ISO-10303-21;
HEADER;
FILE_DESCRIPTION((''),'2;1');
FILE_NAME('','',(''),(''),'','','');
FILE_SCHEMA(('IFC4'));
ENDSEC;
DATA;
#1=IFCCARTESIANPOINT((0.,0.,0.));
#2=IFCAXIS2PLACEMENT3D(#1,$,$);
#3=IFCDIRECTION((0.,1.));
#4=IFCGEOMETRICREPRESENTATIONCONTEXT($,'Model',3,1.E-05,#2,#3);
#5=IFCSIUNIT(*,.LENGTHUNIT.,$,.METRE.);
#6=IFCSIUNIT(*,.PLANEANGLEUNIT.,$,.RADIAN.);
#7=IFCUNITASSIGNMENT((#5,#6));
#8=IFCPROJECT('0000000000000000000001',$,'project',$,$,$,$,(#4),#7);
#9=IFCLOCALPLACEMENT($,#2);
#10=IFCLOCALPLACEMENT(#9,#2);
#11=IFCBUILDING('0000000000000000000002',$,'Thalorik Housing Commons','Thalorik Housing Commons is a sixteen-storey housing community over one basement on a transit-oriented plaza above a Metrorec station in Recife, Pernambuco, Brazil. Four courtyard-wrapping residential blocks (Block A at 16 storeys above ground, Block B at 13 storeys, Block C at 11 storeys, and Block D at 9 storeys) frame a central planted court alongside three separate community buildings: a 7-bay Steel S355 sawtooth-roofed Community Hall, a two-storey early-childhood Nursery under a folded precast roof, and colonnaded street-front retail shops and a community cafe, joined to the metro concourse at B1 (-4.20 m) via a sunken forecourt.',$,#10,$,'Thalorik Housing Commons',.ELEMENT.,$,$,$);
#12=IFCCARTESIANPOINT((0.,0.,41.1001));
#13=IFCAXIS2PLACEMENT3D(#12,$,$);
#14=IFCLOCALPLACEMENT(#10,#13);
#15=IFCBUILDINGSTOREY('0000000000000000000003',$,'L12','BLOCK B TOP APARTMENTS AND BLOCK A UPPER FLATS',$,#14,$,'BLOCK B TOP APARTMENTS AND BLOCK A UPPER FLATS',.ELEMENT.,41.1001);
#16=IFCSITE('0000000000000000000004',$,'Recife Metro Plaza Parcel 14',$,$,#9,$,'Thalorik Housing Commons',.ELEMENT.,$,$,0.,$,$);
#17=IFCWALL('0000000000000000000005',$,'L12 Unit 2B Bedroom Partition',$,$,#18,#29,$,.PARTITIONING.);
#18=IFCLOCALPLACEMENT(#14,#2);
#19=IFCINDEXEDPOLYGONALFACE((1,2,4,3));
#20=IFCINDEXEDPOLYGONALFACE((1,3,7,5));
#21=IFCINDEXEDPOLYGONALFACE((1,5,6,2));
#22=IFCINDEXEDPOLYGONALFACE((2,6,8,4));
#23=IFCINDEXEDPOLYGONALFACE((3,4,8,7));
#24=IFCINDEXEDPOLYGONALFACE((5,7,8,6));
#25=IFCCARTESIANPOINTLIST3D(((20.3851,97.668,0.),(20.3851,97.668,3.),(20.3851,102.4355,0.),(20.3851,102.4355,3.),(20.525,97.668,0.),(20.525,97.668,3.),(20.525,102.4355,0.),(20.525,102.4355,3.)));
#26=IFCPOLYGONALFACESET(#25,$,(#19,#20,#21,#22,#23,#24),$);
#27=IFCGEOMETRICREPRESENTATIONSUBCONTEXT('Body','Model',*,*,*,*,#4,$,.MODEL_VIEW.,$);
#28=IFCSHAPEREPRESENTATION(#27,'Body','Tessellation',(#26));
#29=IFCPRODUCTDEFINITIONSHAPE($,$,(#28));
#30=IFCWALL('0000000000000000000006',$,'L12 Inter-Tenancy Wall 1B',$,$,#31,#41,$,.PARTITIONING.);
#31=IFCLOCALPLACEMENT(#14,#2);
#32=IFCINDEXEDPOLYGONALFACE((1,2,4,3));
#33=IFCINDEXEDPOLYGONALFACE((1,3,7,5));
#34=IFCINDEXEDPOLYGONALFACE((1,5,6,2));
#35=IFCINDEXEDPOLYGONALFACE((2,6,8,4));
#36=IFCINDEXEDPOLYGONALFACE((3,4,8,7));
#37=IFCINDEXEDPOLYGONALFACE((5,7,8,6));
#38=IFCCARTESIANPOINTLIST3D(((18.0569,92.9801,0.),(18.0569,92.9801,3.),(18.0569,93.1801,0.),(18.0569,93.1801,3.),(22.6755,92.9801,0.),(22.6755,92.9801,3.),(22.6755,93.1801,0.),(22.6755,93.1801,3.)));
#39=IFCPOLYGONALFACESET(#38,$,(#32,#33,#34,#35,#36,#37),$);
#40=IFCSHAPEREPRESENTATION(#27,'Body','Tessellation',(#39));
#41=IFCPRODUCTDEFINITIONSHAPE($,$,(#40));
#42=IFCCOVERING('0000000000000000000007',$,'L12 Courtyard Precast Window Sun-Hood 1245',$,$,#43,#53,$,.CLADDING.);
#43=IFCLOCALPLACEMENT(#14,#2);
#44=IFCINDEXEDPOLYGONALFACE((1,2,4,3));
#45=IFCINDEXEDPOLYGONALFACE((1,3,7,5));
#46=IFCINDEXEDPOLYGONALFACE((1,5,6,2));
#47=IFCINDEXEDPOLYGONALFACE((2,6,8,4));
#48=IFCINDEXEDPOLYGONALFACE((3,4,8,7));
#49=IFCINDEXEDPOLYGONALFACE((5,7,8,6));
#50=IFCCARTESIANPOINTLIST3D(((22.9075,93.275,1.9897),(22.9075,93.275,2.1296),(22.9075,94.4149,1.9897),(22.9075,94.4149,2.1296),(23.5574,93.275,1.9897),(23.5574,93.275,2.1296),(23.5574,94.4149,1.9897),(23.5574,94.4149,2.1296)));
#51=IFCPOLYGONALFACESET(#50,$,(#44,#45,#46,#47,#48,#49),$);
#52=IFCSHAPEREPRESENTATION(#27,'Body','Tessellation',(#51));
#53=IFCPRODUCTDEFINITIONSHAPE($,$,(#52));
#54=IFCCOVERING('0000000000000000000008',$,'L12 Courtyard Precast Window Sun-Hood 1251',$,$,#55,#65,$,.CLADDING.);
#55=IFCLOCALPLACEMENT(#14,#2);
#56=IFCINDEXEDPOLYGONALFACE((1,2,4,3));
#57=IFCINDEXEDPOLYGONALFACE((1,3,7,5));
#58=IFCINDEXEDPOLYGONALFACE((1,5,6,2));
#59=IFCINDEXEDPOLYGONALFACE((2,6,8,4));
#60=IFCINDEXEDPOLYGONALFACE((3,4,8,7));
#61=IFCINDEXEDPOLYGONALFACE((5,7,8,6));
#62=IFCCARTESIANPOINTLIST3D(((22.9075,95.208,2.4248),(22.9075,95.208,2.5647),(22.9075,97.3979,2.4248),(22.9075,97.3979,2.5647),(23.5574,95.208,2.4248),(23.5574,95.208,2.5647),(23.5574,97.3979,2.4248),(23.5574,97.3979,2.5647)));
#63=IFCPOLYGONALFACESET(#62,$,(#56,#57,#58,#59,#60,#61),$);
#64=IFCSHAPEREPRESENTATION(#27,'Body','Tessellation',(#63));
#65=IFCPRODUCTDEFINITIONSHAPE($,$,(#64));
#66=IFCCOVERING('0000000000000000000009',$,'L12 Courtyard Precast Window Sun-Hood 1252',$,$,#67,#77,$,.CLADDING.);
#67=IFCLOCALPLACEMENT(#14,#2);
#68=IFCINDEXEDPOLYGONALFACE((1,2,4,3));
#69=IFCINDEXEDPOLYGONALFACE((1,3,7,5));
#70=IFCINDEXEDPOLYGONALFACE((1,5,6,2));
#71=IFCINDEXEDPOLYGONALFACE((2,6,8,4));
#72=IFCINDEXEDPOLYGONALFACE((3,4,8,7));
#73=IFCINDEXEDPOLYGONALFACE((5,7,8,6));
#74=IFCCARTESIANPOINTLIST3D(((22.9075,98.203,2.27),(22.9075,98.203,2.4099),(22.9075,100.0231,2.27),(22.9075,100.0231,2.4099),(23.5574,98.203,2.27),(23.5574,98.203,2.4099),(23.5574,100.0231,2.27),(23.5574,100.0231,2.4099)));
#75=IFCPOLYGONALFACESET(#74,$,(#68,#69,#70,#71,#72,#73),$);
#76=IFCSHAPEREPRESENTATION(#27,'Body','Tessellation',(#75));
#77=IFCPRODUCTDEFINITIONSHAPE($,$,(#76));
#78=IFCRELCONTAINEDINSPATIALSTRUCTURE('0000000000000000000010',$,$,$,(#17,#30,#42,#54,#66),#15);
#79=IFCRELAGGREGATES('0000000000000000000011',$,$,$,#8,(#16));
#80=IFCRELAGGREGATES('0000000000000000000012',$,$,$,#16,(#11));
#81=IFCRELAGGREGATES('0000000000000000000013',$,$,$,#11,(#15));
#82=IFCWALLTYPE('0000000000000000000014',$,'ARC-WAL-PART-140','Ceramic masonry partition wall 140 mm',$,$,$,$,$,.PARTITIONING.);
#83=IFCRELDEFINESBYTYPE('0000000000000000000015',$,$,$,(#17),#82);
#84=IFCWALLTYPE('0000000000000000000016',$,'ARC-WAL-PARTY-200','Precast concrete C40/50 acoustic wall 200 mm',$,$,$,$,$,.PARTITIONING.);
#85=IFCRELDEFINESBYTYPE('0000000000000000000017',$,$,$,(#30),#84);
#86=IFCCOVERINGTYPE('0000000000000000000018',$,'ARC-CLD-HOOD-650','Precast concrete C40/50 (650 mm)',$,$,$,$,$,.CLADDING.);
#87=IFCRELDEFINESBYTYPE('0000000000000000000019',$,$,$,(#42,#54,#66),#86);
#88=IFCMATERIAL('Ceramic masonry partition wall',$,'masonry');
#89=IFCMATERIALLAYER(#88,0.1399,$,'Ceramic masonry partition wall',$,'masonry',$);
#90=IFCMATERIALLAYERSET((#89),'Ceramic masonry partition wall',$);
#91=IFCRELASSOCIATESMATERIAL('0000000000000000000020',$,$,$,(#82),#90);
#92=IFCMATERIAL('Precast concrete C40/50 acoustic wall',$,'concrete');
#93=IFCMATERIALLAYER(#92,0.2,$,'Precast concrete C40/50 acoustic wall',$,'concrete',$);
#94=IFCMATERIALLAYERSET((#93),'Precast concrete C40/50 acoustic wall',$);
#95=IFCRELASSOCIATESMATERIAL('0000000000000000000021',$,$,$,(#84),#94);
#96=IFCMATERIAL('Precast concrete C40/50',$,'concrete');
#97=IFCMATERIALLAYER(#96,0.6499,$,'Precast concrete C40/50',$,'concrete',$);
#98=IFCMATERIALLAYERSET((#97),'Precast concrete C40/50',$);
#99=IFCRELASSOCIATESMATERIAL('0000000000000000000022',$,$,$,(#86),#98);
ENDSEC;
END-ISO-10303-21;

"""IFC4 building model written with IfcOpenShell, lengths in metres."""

from ifc_helpers import new_model, si_unit, direction, frame, frame_2d, origin, origin_2d, place, context, subcontext, project, spatial, rectangle, extrude, material, layer, layer_set, type_object, element, save


model = new_model("IFC4")

# Units and contexts
model_context = context("Model", 3, precision=1e-05, world=origin(), true_north=direction((0.0, 1.0)))
body_context = subcontext(model_context, "Body", "Model", "MODEL_VIEW")
ifc_project = project(units=[si_unit("LENGTHUNIT", "METRE"), si_unit("PLANEANGLEUNIT", "RADIAN")], contexts=[model_context])

# Site, building, storey
site_placement = place(None, origin())
site = spatial("IfcSite", under=ifc_project, at=site_placement, Name="Recife Metro Plaza Parcel 14", LongName="Thalorik Housing Commons", CompositionType="ELEMENT", RefElevation=0.0)
building_placement = place(site_placement, origin())
building = spatial("IfcBuilding", under=site, at=building_placement, Name="Thalorik Housing Commons", Description="Thalorik Housing Commons is a sixteen-storey housing community over one basement on a transit-oriented plaza above a Metrorec station in Recife, Pernambuco, Brazil. Four courtyard-wrapping residential blocks (Block A at 16 storeys above ground, Block B at 13 storeys, Block C at 11 storeys, and Block D at 9 storeys) frame a central planted court alongside three separate community buildings: a 7-bay Steel S355 sawtooth-roofed Community Hall, a two-storey early-childhood Nursery under a folded precast roof, and colonnaded street-front retail shops and a community cafe, joined to the metro concourse at B1 (-4.20 m) via a sunken forecourt.", LongName="Thalorik Housing Commons", CompositionType="ELEMENT")
storey_placement = place(building_placement, frame((0.0, 0.0, 41.1001)))
storey = spatial("IfcBuildingStorey", under=building, at=storey_placement, Name="L12", Description="BLOCK B TOP APARTMENTS AND BLOCK A UPPER FLATS", LongName="BLOCK B TOP APARTMENTS AND BLOCK A UPPER FLATS", CompositionType="ELEMENT", Elevation=41.1001)

# Shared definitions
ifc_material_1 = material(Name="Precast concrete C40/50", Category="concrete")

# Walls
ifc_material_2 = material(Name="Ceramic masonry partition wall", Category="masonry")
ifc_layer_1 = layer(ifc_material_2, 0.1399, Name="Ceramic masonry partition wall", Category="masonry")
ifc_layer_set_1 = layer_set([ifc_layer_1], Name="Ceramic masonry partition wall")
wall_type_1 = type_object("IfcWallType", Name="ARC-WAL-PART-140", Description="Ceramic masonry partition wall 140 mm", PredefinedType="PARTITIONING", material=ifc_layer_set_1)
wall_1_placement = place(storey_placement, frame((20.4551, 97.668, 0.0), z_axis=(0.0, 0.0, 1.0), x_axis=(0.0, 1.0, 0.0)))
element("IfcWall", 1, at=wall_1_placement, inside=storey, type_object=wall_type_1, Name="L12 Unit 2B Bedroom Partition", PredefinedType="PARTITIONING", context=body_context, shape_type="SweptSolid", body=[
    extrude(rectangle(XDim=4.7676, YDim=0.1399, at=frame_2d((2.3838, 0.0))), origin(), (0.0, 0.0, 1.0), 3.0),
])
ifc_material_3 = material(Name="Precast concrete C40/50 acoustic wall", Category="concrete")
ifc_layer_2 = layer(ifc_material_3, 0.2, Name="Precast concrete C40/50 acoustic wall", Category="concrete")
ifc_layer_set_2 = layer_set([ifc_layer_2], Name="Precast concrete C40/50 acoustic wall")
wall_type_2 = type_object("IfcWallType", Name="ARC-WAL-PARTY-200", Description="Precast concrete C40/50 acoustic wall 200 mm", PredefinedType="PARTITIONING", material=ifc_layer_set_2)
wall_2_placement = place(storey_placement, frame((18.0569, 93.0801, 0.0), z_axis=(0.0, 0.0, 1.0), x_axis=(1.0, 0.0, 0.0)))
element("IfcWall", 2, at=wall_2_placement, inside=storey, type_object=wall_type_2, Name="L12 Inter-Tenancy Wall 1B", PredefinedType="PARTITIONING", context=body_context, shape_type="SweptSolid", body=[
    extrude(rectangle(XDim=4.6187, YDim=0.2, at=frame_2d((2.3093, 0.0))), origin(), (0.0, 0.0, 1.0), 3.0),
])

# Coverings
ifc_layer_3 = layer(ifc_material_1, 0.6499, Name="Precast concrete C40/50", Category="concrete")
ifc_layer_set_3 = layer_set([ifc_layer_3], Name="Precast concrete C40/50")
covering_type = type_object("IfcCoveringType", Name="ARC-CLD-HOOD-650", Description="Precast concrete C40/50 (650 mm)", PredefinedType="CLADDING", material=ifc_layer_set_3)
covering_1_placement = place(storey_placement, frame((23.2324, 93.845, 1.9897), z_axis=(0.0, 0.0, 1.0), x_axis=(0.0, 1.0, 0.0)))
element("IfcCovering", 3, at=covering_1_placement, inside=storey, type_object=covering_type, Name="L12 Courtyard Precast Window Sun-Hood 1245", PredefinedType="CLADDING", context=body_context, shape_type="SweptSolid", body=[
    extrude(rectangle(XDim=1.1399, YDim=0.6499, at=origin_2d()), origin(), (0.0, 0.0, 1.0), 0.1399),
])
covering_2_placement = place(storey_placement, frame((23.2324, 96.303, 2.4248), z_axis=(0.0, 0.0, 1.0), x_axis=(0.0, 1.0, 0.0)))
element("IfcCovering", 4, at=covering_2_placement, inside=storey, type_object=covering_type, Name="L12 Courtyard Precast Window Sun-Hood 1251", PredefinedType="CLADDING", context=body_context, shape_type="SweptSolid", body=[
    extrude(rectangle(XDim=2.1899, YDim=0.6499, at=origin_2d()), origin(), (0.0, 0.0, 1.0), 0.1399),
])
covering_3_placement = place(storey_placement, frame((23.2324, 99.113, 2.27), z_axis=(0.0, 0.0, 1.0), x_axis=(0.0, 1.0, 0.0)))
element("IfcCovering", 5, at=covering_3_placement, inside=storey, type_object=covering_type, Name="L12 Courtyard Precast Window Sun-Hood 1252", PredefinedType="CLADDING", context=body_context, shape_type="SweptSolid", body=[
    extrude(rectangle(XDim=1.8201, YDim=0.6499, at=origin_2d()), origin(), (0.0, 0.0, 1.0), 0.1399),
])

save(model, "model.ifc")
